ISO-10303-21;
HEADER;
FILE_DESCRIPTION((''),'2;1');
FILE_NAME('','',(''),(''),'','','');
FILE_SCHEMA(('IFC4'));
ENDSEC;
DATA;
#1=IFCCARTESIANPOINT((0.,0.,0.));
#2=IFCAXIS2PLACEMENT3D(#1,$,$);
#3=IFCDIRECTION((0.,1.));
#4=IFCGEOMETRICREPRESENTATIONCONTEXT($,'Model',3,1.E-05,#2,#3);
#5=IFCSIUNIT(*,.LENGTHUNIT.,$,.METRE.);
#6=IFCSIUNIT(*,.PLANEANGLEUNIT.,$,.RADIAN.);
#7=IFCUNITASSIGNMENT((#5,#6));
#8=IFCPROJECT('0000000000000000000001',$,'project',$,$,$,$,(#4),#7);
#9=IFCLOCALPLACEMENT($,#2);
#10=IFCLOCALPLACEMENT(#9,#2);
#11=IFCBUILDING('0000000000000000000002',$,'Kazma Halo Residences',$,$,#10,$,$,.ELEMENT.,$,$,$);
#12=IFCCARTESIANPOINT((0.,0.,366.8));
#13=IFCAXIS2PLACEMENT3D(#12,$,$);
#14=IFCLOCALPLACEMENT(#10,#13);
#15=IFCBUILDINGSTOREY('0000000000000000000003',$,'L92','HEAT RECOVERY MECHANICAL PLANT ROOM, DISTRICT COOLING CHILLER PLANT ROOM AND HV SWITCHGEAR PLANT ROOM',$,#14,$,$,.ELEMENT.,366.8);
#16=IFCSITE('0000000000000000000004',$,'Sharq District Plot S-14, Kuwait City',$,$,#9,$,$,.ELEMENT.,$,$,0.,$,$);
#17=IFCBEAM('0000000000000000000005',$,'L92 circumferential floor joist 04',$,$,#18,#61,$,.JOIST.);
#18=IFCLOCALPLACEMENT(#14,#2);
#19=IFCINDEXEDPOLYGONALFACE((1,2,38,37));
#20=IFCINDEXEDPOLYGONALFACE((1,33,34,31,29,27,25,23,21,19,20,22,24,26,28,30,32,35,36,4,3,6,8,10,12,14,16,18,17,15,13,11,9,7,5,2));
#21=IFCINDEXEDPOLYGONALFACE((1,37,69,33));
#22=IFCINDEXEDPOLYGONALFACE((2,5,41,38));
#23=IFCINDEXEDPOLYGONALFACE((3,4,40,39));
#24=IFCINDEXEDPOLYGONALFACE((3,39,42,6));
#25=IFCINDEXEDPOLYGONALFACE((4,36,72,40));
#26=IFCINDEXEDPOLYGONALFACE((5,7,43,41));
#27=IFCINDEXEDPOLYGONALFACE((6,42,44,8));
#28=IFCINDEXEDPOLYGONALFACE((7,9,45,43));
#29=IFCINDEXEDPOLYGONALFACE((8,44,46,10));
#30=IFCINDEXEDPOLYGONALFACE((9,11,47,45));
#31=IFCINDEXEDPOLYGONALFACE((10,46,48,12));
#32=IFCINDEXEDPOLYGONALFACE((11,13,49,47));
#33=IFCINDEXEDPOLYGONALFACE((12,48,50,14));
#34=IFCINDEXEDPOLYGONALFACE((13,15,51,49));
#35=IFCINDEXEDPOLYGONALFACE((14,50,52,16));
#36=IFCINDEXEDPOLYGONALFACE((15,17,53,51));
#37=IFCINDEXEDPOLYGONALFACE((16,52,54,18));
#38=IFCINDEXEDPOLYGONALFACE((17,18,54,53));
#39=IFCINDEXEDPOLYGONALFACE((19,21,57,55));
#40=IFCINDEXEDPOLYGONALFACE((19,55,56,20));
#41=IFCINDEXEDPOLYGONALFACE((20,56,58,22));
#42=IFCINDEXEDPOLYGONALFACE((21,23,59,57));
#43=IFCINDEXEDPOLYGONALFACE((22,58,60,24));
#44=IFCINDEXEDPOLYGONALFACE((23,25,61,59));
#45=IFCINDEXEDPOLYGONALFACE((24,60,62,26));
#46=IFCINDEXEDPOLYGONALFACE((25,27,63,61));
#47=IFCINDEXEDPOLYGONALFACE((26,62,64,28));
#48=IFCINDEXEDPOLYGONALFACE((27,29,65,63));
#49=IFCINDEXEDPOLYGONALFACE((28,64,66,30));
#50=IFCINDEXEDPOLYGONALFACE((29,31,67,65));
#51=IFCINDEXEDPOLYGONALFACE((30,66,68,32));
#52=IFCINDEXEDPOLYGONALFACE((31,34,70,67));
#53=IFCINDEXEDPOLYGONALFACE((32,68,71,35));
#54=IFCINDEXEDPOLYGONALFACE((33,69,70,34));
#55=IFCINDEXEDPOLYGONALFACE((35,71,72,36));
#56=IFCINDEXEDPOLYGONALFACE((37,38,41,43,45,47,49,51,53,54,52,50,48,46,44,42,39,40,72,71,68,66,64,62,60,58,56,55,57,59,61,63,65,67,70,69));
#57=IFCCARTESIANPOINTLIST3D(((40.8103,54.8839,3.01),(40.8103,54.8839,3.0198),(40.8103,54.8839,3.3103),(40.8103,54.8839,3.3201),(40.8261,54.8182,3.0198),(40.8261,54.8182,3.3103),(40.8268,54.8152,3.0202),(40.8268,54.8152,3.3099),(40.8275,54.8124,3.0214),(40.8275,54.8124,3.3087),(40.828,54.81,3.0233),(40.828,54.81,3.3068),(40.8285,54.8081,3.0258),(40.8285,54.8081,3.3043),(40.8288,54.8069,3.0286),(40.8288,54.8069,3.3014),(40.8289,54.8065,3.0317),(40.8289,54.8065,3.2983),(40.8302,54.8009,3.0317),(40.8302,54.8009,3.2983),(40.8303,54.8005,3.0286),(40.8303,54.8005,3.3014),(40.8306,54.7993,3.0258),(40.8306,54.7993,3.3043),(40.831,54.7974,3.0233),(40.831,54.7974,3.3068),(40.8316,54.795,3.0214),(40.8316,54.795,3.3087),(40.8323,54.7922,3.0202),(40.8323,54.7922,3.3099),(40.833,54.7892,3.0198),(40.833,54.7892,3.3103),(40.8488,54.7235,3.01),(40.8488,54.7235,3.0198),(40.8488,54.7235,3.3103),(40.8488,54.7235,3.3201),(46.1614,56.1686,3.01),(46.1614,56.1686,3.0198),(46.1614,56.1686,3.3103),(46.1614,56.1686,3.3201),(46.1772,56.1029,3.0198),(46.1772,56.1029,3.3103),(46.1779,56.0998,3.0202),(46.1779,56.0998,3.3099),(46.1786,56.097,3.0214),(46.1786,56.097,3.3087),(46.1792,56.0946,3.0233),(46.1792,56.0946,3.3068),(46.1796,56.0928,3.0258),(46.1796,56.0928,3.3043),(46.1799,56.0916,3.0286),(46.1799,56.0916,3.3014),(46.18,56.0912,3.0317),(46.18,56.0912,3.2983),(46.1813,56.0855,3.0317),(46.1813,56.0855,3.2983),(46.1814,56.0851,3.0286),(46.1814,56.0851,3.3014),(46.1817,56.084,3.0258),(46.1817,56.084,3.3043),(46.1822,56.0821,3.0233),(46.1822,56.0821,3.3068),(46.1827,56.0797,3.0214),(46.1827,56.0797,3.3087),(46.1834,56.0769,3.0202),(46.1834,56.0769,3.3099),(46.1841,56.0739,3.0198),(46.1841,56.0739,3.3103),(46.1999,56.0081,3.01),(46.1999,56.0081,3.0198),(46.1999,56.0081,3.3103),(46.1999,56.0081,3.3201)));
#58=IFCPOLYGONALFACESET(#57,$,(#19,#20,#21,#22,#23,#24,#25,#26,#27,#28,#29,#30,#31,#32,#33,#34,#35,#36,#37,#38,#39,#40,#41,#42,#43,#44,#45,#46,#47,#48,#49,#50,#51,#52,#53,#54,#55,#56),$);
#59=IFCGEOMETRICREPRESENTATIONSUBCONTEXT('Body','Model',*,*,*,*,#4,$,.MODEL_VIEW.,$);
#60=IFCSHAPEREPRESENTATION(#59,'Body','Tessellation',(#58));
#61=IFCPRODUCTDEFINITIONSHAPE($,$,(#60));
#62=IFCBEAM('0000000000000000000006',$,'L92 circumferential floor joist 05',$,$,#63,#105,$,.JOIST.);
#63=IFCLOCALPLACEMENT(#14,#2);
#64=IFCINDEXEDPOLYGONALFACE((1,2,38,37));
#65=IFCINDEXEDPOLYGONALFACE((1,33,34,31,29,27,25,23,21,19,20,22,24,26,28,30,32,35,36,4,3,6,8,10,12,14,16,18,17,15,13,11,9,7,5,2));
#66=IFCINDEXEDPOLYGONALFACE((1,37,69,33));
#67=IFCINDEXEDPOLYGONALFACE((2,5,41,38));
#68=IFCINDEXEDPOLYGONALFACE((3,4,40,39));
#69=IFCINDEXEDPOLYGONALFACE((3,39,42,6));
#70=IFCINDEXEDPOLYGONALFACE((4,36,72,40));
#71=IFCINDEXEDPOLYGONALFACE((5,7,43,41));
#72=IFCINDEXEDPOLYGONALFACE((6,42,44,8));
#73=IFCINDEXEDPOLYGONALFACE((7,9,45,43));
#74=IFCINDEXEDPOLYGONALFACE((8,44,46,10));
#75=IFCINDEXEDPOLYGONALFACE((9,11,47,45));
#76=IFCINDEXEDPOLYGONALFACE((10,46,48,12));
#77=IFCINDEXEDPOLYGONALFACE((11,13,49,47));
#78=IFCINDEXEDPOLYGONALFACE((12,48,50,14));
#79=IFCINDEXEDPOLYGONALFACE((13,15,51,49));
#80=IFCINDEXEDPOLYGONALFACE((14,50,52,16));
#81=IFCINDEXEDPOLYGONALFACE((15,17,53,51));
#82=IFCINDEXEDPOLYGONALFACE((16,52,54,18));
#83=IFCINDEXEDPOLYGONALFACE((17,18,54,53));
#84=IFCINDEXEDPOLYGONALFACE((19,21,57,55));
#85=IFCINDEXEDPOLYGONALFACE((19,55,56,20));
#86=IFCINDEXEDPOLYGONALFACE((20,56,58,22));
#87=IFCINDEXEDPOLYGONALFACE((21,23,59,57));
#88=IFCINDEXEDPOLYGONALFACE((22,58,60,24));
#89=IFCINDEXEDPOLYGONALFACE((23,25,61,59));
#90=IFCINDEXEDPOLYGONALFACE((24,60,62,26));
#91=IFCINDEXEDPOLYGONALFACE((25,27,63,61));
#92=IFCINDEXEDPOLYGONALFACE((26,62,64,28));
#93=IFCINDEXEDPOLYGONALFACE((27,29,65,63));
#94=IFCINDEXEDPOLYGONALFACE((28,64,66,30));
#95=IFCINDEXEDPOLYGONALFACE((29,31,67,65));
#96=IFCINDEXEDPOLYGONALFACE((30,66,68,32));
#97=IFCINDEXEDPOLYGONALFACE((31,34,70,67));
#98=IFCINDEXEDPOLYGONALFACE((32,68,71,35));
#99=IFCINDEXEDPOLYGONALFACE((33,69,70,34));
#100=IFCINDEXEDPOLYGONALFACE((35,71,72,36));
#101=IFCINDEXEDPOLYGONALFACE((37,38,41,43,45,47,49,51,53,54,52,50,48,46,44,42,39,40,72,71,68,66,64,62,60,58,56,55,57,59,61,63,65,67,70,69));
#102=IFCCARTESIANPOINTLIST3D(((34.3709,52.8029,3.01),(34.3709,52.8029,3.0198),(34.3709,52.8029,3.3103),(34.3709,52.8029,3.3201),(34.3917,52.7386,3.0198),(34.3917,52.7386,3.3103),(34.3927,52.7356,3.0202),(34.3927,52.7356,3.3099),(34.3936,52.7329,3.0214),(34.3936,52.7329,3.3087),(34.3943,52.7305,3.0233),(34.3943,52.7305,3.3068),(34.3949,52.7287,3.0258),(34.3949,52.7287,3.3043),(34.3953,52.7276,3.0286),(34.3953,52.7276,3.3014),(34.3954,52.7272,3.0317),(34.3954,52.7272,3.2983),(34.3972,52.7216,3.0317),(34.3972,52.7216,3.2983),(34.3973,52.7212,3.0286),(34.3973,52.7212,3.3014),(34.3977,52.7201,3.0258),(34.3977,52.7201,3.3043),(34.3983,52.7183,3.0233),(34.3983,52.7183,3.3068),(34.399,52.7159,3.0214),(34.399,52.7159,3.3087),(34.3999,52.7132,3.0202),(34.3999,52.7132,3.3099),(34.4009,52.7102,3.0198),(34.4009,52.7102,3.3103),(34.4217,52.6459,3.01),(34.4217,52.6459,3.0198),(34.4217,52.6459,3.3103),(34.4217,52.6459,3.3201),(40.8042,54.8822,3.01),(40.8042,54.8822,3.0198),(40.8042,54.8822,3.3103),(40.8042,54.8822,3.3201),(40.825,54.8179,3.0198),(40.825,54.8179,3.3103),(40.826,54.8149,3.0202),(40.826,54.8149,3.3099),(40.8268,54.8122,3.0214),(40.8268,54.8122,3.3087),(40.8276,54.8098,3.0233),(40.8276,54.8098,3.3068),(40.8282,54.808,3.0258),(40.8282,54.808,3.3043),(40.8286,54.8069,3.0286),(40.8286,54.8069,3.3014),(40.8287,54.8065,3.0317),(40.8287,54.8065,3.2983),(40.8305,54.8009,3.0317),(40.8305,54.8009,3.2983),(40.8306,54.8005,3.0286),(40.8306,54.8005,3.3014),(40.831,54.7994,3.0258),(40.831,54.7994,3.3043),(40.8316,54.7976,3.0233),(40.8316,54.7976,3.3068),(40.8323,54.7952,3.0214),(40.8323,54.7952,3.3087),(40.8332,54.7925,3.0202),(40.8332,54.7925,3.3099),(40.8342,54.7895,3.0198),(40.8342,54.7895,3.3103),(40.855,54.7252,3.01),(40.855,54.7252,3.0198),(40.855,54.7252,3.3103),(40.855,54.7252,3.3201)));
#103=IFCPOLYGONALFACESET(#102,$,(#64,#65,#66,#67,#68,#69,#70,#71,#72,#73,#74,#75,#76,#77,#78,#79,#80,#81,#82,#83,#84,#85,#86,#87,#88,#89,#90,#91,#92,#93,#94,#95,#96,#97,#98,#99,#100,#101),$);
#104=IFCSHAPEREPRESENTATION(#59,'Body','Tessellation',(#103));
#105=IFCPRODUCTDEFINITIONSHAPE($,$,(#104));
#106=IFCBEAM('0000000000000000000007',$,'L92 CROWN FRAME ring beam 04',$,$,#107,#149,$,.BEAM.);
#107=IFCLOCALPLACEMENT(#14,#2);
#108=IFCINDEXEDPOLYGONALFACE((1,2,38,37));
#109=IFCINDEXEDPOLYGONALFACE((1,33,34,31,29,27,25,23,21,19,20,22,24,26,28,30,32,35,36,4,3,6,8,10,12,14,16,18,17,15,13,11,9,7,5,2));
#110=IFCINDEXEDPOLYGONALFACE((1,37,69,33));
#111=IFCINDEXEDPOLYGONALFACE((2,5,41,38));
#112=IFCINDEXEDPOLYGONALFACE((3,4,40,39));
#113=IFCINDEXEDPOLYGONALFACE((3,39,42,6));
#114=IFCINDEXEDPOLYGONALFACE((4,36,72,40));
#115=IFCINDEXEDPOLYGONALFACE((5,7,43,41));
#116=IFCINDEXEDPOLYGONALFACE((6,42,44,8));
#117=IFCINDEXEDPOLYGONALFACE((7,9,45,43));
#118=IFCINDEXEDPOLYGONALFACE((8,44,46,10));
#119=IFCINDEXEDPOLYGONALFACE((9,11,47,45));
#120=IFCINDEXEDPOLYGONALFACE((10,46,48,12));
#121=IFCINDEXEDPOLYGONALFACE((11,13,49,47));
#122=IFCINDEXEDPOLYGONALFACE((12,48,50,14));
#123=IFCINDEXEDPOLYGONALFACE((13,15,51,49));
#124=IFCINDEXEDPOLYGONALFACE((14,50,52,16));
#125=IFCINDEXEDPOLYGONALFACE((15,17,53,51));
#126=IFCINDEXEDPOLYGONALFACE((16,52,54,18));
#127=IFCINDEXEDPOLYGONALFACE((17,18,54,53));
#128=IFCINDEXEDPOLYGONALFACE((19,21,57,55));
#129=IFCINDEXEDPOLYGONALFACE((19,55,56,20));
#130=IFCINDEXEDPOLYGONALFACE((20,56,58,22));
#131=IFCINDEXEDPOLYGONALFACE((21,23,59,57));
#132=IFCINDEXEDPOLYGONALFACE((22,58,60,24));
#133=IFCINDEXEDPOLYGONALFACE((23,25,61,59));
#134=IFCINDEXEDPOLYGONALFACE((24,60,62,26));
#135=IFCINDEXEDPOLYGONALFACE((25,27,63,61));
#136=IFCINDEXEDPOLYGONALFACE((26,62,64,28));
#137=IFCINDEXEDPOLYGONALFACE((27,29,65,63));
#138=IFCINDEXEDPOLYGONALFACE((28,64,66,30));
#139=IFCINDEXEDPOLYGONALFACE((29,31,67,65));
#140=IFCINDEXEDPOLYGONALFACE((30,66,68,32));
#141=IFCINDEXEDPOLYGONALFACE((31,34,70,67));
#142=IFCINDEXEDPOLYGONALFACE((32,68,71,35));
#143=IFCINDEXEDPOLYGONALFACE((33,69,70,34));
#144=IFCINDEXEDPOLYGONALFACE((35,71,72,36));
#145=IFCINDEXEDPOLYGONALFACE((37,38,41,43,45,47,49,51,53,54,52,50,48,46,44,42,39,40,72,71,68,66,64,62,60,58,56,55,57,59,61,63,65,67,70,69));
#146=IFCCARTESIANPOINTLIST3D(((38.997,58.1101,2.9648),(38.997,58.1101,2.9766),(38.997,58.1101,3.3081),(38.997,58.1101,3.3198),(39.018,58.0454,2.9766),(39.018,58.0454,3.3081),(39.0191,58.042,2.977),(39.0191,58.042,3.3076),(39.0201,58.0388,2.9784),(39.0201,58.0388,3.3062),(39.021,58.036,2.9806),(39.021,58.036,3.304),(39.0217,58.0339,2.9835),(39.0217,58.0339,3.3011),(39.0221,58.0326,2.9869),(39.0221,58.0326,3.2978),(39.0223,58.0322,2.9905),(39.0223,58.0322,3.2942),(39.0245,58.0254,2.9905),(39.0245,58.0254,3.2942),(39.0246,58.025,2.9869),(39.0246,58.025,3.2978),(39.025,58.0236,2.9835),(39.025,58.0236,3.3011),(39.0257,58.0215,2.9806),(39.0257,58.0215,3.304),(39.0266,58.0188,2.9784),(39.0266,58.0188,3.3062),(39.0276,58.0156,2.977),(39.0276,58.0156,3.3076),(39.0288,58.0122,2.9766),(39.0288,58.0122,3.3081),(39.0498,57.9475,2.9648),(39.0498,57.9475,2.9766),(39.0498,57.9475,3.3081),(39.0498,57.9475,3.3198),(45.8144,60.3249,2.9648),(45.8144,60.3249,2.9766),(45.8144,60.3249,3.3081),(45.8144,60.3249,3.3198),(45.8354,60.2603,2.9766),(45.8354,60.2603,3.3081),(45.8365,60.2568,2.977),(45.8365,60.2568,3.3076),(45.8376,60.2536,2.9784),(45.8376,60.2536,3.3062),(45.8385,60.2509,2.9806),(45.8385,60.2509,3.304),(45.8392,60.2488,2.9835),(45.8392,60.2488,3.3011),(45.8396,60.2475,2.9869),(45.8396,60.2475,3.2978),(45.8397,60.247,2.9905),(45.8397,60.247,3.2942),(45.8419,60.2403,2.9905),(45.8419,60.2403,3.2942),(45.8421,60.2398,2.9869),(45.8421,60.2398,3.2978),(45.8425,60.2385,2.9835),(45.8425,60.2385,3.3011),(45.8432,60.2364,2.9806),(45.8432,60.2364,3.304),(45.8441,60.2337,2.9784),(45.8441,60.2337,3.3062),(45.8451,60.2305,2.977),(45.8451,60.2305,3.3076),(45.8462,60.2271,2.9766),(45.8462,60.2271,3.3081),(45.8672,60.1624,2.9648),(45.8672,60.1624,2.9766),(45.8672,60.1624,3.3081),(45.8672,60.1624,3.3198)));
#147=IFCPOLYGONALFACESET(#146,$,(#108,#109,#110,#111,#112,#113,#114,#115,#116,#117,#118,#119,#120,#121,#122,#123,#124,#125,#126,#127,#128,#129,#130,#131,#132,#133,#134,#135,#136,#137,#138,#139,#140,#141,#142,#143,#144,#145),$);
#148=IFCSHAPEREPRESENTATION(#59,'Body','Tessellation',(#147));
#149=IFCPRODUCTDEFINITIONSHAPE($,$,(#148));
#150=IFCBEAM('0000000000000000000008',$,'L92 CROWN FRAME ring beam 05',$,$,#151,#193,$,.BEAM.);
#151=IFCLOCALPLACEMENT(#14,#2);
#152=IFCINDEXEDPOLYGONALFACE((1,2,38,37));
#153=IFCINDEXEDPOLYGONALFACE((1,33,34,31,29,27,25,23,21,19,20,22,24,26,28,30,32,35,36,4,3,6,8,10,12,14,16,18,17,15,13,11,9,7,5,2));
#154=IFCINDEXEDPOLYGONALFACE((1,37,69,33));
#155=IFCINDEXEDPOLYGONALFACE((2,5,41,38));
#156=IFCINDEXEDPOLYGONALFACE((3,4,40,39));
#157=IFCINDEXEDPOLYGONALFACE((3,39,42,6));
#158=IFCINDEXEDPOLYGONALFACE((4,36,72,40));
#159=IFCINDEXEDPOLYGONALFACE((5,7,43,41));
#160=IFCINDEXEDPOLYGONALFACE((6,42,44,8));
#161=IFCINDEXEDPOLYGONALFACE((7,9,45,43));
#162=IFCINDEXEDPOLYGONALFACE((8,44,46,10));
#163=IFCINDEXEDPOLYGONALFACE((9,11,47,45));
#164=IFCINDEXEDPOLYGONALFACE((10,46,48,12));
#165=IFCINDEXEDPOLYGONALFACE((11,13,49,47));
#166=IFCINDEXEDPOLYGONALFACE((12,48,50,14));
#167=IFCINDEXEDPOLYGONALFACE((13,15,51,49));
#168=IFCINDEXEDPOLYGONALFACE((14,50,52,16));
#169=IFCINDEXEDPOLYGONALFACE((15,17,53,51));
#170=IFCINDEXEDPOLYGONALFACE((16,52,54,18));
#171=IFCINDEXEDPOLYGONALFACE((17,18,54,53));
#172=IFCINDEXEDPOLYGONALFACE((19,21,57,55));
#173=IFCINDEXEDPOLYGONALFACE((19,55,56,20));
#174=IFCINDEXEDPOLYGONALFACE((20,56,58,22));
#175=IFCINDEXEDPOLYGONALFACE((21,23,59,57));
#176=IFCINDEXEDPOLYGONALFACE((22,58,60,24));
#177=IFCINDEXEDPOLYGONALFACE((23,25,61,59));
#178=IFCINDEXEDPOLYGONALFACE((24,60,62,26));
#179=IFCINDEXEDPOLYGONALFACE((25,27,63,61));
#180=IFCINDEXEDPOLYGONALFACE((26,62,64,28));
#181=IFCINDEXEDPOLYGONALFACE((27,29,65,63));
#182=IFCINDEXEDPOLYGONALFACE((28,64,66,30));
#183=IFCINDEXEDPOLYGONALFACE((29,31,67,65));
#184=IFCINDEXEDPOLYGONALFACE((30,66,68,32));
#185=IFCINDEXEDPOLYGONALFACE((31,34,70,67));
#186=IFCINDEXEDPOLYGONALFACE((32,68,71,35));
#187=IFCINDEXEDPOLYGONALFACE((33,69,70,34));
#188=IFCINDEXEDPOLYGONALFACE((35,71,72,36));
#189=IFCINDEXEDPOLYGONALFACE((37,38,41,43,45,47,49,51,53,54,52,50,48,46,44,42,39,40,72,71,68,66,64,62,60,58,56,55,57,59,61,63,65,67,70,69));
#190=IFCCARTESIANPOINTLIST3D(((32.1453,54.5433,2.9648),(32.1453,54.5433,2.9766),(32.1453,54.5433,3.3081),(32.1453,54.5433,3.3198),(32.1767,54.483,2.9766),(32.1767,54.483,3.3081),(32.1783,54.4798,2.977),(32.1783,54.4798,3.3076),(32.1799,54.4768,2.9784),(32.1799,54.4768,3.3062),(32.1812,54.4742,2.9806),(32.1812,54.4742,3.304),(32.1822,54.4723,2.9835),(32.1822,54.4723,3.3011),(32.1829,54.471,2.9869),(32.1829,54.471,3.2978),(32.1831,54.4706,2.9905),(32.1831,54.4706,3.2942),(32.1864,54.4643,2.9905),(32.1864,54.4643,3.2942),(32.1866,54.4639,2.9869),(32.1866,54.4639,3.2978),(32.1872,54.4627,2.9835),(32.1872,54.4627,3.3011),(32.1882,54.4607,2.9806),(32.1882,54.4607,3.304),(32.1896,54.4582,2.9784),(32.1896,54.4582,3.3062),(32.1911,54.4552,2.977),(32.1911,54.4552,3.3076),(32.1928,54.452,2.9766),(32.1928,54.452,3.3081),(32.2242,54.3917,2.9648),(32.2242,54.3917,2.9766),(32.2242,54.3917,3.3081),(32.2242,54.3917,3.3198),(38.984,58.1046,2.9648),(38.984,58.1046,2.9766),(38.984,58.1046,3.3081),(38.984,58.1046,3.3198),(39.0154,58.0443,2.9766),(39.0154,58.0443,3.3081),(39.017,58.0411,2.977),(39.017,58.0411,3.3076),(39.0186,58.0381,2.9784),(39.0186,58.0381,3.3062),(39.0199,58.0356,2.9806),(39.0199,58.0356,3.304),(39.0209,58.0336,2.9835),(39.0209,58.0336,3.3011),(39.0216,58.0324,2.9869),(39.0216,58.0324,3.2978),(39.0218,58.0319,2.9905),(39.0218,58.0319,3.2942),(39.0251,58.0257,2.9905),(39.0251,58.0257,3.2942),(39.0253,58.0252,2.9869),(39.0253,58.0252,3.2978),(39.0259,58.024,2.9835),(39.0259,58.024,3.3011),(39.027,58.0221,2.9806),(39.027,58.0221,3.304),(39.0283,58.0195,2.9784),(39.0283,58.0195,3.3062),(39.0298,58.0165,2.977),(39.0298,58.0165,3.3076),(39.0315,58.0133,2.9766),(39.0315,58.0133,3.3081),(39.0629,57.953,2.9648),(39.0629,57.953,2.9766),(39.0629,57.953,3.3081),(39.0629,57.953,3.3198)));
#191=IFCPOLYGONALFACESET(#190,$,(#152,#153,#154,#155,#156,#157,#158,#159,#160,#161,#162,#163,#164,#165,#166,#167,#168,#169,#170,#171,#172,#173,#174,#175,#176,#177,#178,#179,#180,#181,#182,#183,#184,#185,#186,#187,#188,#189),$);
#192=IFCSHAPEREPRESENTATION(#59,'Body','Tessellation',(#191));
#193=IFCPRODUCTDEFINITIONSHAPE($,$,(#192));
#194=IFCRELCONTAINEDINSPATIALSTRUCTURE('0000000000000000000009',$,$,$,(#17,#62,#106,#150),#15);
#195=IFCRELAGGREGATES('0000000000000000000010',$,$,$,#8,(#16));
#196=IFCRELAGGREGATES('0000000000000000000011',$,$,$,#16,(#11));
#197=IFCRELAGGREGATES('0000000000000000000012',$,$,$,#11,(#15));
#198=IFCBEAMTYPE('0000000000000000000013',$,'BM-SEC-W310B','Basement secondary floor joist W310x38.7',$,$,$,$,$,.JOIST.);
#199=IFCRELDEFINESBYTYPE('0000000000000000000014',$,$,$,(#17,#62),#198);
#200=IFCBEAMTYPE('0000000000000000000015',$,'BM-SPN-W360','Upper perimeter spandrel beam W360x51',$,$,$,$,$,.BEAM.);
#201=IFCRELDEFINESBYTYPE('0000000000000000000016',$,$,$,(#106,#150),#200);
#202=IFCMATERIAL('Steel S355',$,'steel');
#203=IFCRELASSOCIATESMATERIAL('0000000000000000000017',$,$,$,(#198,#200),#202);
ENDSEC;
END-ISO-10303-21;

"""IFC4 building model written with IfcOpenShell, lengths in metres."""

from ifc_helpers import new_model, si_unit, direction, frame, origin, origin_2d, place, context, subcontext, project, spatial, i_section, extrude, material, material_profile, profile_set, type_object, element, save


model = new_model("IFC4")

# Units and contexts
model_context = context("Model", 3, precision=1e-05, world=origin(), true_north=direction((0.0, 1.0)))
body_context = subcontext(model_context, "Body", "Model", "MODEL_VIEW")
ifc_project = project(units=[si_unit("LENGTHUNIT", "METRE"), si_unit("PLANEANGLEUNIT", "RADIAN")], contexts=[model_context])

# Site, building, storey
site_placement = place(None, origin())
site = spatial("IfcSite", under=ifc_project, at=site_placement, Name="Sharq District Plot S-14, Kuwait City", CompositionType="ELEMENT", RefElevation=0.0)
building_placement = place(site_placement, origin())
building = spatial("IfcBuilding", under=site, at=building_placement, Name="Kazma Halo Residences", CompositionType="ELEMENT")
storey_placement = place(building_placement, frame((0.0, 0.0, 366.8)))
storey = spatial("IfcBuildingStorey", under=building, at=storey_placement, Name="L92", Description="HEAT RECOVERY MECHANICAL PLANT ROOM, DISTRICT COOLING CHILLER PLANT ROOM AND HV SWITCHGEAR PLANT ROOM", CompositionType="ELEMENT", Elevation=366.8)

# Shared definitions
ifc_material_1 = material(Name="Steel S355", Category="steel")

# Beams
ifc_material_profile_1 = material_profile(ifc_material_1, i_section(OverallWidth=0.165, OverallDepth=0.3101, WebThickness=0.0059, FlangeThickness=0.0098, FilletRadius=0.012, at=origin_2d()), Name="W310x38.7")
ifc_profile_set_1 = profile_set([ifc_material_profile_1], Name="Steel S355")
beam_type_1 = type_object("IfcBeamType", Name="BM-SEC-W310B", Description="Basement secondary floor joist W310x38.7", PredefinedType="JOIST", material=ifc_profile_set_1)
beam_1_placement = place(storey_placement, frame((46.1807, 56.0884, 3.165), z_axis=(-0.97237, -0.233443, 0.0), x_axis=(0.233443, -0.97237, 0.0)))
element("IfcBeam", 1, at=beam_1_placement, inside=storey, type_object=beam_type_1, Name="L92 circumferential floor joist 04", PredefinedType="JOIST", context=body_context, shape_type="SweptSolid", body=[
    extrude(i_section(OverallWidth=0.165, OverallDepth=0.3101, WebThickness=0.0059, FlangeThickness=0.0098, FilletRadius=0.012, at=origin_2d()), origin(), (0.0, 0.0, 1.0), 5.5032),
])
beam_2_placement = place(storey_placement, frame((40.8296, 54.8037, 3.165), z_axis=(-0.951533, -0.307548, 0.0), x_axis=(0.307548, -0.951533, 0.0)))
element("IfcBeam", 2, at=beam_2_placement, inside=storey, type_object=beam_type_1, Name="L92 circumferential floor joist 05", PredefinedType="JOIST", context=body_context, shape_type="SweptSolid", body=[
    extrude(i_section(OverallWidth=0.165, OverallDepth=0.3101, WebThickness=0.0059, FlangeThickness=0.0098, FilletRadius=0.012, at=origin_2d()), origin(), (0.0, 0.0, 1.0), 6.761),
])
ifc_material_profile_2 = material_profile(ifc_material_1, i_section(OverallWidth=0.1709, OverallDepth=0.355, WebThickness=0.0071, FlangeThickness=0.0117, FilletRadius=0.0139, at=origin_2d()), Name="W360x51")
ifc_profile_set_2 = profile_set([ifc_material_profile_2], Name="Steel S355")
beam_type_2 = type_object("IfcBeamType", Name="BM-SPN-W360", Description="Upper perimeter spandrel beam W360x51", PredefinedType="BEAM", material=ifc_profile_set_2)
beam_3_placement = place(storey_placement, frame((45.8408, 60.2437, 3.1423), z_axis=(-0.951067, -0.308984, 0.0), x_axis=(0.308984, -0.951067, 0.0)))
element("IfcBeam", 3, at=beam_3_placement, inside=storey, type_object=beam_type_2, Name="L92 CROWN FRAME ring beam 04", PredefinedType="BEAM", context=body_context, shape_type="SweptSolid", body=[
    extrude(i_section(OverallWidth=0.1709, OverallDepth=0.355, WebThickness=0.0071, FlangeThickness=0.0117, FilletRadius=0.0139, at=origin_2d()), origin(), (0.0, 0.0, 1.0), 7.1682),
])
beam_4_placement = place(storey_placement, frame((39.0234, 58.0288, 3.1423), z_axis=(-0.886941, -0.461883, 0.0), x_axis=(0.461883, -0.886941, 0.0)))
element("IfcBeam", 4, at=beam_4_placement, inside=storey, type_object=beam_type_2, Name="L92 CROWN FRAME ring beam 05", PredefinedType="BEAM", context=body_context, shape_type="SweptSolid", body=[
    extrude(i_section(OverallWidth=0.1709, OverallDepth=0.355, WebThickness=0.0071, FlangeThickness=0.0117, FilletRadius=0.0139, at=origin_2d()), origin(), (0.0, 0.0, 1.0), 7.7104),
])

save(model, "model.ifc")
